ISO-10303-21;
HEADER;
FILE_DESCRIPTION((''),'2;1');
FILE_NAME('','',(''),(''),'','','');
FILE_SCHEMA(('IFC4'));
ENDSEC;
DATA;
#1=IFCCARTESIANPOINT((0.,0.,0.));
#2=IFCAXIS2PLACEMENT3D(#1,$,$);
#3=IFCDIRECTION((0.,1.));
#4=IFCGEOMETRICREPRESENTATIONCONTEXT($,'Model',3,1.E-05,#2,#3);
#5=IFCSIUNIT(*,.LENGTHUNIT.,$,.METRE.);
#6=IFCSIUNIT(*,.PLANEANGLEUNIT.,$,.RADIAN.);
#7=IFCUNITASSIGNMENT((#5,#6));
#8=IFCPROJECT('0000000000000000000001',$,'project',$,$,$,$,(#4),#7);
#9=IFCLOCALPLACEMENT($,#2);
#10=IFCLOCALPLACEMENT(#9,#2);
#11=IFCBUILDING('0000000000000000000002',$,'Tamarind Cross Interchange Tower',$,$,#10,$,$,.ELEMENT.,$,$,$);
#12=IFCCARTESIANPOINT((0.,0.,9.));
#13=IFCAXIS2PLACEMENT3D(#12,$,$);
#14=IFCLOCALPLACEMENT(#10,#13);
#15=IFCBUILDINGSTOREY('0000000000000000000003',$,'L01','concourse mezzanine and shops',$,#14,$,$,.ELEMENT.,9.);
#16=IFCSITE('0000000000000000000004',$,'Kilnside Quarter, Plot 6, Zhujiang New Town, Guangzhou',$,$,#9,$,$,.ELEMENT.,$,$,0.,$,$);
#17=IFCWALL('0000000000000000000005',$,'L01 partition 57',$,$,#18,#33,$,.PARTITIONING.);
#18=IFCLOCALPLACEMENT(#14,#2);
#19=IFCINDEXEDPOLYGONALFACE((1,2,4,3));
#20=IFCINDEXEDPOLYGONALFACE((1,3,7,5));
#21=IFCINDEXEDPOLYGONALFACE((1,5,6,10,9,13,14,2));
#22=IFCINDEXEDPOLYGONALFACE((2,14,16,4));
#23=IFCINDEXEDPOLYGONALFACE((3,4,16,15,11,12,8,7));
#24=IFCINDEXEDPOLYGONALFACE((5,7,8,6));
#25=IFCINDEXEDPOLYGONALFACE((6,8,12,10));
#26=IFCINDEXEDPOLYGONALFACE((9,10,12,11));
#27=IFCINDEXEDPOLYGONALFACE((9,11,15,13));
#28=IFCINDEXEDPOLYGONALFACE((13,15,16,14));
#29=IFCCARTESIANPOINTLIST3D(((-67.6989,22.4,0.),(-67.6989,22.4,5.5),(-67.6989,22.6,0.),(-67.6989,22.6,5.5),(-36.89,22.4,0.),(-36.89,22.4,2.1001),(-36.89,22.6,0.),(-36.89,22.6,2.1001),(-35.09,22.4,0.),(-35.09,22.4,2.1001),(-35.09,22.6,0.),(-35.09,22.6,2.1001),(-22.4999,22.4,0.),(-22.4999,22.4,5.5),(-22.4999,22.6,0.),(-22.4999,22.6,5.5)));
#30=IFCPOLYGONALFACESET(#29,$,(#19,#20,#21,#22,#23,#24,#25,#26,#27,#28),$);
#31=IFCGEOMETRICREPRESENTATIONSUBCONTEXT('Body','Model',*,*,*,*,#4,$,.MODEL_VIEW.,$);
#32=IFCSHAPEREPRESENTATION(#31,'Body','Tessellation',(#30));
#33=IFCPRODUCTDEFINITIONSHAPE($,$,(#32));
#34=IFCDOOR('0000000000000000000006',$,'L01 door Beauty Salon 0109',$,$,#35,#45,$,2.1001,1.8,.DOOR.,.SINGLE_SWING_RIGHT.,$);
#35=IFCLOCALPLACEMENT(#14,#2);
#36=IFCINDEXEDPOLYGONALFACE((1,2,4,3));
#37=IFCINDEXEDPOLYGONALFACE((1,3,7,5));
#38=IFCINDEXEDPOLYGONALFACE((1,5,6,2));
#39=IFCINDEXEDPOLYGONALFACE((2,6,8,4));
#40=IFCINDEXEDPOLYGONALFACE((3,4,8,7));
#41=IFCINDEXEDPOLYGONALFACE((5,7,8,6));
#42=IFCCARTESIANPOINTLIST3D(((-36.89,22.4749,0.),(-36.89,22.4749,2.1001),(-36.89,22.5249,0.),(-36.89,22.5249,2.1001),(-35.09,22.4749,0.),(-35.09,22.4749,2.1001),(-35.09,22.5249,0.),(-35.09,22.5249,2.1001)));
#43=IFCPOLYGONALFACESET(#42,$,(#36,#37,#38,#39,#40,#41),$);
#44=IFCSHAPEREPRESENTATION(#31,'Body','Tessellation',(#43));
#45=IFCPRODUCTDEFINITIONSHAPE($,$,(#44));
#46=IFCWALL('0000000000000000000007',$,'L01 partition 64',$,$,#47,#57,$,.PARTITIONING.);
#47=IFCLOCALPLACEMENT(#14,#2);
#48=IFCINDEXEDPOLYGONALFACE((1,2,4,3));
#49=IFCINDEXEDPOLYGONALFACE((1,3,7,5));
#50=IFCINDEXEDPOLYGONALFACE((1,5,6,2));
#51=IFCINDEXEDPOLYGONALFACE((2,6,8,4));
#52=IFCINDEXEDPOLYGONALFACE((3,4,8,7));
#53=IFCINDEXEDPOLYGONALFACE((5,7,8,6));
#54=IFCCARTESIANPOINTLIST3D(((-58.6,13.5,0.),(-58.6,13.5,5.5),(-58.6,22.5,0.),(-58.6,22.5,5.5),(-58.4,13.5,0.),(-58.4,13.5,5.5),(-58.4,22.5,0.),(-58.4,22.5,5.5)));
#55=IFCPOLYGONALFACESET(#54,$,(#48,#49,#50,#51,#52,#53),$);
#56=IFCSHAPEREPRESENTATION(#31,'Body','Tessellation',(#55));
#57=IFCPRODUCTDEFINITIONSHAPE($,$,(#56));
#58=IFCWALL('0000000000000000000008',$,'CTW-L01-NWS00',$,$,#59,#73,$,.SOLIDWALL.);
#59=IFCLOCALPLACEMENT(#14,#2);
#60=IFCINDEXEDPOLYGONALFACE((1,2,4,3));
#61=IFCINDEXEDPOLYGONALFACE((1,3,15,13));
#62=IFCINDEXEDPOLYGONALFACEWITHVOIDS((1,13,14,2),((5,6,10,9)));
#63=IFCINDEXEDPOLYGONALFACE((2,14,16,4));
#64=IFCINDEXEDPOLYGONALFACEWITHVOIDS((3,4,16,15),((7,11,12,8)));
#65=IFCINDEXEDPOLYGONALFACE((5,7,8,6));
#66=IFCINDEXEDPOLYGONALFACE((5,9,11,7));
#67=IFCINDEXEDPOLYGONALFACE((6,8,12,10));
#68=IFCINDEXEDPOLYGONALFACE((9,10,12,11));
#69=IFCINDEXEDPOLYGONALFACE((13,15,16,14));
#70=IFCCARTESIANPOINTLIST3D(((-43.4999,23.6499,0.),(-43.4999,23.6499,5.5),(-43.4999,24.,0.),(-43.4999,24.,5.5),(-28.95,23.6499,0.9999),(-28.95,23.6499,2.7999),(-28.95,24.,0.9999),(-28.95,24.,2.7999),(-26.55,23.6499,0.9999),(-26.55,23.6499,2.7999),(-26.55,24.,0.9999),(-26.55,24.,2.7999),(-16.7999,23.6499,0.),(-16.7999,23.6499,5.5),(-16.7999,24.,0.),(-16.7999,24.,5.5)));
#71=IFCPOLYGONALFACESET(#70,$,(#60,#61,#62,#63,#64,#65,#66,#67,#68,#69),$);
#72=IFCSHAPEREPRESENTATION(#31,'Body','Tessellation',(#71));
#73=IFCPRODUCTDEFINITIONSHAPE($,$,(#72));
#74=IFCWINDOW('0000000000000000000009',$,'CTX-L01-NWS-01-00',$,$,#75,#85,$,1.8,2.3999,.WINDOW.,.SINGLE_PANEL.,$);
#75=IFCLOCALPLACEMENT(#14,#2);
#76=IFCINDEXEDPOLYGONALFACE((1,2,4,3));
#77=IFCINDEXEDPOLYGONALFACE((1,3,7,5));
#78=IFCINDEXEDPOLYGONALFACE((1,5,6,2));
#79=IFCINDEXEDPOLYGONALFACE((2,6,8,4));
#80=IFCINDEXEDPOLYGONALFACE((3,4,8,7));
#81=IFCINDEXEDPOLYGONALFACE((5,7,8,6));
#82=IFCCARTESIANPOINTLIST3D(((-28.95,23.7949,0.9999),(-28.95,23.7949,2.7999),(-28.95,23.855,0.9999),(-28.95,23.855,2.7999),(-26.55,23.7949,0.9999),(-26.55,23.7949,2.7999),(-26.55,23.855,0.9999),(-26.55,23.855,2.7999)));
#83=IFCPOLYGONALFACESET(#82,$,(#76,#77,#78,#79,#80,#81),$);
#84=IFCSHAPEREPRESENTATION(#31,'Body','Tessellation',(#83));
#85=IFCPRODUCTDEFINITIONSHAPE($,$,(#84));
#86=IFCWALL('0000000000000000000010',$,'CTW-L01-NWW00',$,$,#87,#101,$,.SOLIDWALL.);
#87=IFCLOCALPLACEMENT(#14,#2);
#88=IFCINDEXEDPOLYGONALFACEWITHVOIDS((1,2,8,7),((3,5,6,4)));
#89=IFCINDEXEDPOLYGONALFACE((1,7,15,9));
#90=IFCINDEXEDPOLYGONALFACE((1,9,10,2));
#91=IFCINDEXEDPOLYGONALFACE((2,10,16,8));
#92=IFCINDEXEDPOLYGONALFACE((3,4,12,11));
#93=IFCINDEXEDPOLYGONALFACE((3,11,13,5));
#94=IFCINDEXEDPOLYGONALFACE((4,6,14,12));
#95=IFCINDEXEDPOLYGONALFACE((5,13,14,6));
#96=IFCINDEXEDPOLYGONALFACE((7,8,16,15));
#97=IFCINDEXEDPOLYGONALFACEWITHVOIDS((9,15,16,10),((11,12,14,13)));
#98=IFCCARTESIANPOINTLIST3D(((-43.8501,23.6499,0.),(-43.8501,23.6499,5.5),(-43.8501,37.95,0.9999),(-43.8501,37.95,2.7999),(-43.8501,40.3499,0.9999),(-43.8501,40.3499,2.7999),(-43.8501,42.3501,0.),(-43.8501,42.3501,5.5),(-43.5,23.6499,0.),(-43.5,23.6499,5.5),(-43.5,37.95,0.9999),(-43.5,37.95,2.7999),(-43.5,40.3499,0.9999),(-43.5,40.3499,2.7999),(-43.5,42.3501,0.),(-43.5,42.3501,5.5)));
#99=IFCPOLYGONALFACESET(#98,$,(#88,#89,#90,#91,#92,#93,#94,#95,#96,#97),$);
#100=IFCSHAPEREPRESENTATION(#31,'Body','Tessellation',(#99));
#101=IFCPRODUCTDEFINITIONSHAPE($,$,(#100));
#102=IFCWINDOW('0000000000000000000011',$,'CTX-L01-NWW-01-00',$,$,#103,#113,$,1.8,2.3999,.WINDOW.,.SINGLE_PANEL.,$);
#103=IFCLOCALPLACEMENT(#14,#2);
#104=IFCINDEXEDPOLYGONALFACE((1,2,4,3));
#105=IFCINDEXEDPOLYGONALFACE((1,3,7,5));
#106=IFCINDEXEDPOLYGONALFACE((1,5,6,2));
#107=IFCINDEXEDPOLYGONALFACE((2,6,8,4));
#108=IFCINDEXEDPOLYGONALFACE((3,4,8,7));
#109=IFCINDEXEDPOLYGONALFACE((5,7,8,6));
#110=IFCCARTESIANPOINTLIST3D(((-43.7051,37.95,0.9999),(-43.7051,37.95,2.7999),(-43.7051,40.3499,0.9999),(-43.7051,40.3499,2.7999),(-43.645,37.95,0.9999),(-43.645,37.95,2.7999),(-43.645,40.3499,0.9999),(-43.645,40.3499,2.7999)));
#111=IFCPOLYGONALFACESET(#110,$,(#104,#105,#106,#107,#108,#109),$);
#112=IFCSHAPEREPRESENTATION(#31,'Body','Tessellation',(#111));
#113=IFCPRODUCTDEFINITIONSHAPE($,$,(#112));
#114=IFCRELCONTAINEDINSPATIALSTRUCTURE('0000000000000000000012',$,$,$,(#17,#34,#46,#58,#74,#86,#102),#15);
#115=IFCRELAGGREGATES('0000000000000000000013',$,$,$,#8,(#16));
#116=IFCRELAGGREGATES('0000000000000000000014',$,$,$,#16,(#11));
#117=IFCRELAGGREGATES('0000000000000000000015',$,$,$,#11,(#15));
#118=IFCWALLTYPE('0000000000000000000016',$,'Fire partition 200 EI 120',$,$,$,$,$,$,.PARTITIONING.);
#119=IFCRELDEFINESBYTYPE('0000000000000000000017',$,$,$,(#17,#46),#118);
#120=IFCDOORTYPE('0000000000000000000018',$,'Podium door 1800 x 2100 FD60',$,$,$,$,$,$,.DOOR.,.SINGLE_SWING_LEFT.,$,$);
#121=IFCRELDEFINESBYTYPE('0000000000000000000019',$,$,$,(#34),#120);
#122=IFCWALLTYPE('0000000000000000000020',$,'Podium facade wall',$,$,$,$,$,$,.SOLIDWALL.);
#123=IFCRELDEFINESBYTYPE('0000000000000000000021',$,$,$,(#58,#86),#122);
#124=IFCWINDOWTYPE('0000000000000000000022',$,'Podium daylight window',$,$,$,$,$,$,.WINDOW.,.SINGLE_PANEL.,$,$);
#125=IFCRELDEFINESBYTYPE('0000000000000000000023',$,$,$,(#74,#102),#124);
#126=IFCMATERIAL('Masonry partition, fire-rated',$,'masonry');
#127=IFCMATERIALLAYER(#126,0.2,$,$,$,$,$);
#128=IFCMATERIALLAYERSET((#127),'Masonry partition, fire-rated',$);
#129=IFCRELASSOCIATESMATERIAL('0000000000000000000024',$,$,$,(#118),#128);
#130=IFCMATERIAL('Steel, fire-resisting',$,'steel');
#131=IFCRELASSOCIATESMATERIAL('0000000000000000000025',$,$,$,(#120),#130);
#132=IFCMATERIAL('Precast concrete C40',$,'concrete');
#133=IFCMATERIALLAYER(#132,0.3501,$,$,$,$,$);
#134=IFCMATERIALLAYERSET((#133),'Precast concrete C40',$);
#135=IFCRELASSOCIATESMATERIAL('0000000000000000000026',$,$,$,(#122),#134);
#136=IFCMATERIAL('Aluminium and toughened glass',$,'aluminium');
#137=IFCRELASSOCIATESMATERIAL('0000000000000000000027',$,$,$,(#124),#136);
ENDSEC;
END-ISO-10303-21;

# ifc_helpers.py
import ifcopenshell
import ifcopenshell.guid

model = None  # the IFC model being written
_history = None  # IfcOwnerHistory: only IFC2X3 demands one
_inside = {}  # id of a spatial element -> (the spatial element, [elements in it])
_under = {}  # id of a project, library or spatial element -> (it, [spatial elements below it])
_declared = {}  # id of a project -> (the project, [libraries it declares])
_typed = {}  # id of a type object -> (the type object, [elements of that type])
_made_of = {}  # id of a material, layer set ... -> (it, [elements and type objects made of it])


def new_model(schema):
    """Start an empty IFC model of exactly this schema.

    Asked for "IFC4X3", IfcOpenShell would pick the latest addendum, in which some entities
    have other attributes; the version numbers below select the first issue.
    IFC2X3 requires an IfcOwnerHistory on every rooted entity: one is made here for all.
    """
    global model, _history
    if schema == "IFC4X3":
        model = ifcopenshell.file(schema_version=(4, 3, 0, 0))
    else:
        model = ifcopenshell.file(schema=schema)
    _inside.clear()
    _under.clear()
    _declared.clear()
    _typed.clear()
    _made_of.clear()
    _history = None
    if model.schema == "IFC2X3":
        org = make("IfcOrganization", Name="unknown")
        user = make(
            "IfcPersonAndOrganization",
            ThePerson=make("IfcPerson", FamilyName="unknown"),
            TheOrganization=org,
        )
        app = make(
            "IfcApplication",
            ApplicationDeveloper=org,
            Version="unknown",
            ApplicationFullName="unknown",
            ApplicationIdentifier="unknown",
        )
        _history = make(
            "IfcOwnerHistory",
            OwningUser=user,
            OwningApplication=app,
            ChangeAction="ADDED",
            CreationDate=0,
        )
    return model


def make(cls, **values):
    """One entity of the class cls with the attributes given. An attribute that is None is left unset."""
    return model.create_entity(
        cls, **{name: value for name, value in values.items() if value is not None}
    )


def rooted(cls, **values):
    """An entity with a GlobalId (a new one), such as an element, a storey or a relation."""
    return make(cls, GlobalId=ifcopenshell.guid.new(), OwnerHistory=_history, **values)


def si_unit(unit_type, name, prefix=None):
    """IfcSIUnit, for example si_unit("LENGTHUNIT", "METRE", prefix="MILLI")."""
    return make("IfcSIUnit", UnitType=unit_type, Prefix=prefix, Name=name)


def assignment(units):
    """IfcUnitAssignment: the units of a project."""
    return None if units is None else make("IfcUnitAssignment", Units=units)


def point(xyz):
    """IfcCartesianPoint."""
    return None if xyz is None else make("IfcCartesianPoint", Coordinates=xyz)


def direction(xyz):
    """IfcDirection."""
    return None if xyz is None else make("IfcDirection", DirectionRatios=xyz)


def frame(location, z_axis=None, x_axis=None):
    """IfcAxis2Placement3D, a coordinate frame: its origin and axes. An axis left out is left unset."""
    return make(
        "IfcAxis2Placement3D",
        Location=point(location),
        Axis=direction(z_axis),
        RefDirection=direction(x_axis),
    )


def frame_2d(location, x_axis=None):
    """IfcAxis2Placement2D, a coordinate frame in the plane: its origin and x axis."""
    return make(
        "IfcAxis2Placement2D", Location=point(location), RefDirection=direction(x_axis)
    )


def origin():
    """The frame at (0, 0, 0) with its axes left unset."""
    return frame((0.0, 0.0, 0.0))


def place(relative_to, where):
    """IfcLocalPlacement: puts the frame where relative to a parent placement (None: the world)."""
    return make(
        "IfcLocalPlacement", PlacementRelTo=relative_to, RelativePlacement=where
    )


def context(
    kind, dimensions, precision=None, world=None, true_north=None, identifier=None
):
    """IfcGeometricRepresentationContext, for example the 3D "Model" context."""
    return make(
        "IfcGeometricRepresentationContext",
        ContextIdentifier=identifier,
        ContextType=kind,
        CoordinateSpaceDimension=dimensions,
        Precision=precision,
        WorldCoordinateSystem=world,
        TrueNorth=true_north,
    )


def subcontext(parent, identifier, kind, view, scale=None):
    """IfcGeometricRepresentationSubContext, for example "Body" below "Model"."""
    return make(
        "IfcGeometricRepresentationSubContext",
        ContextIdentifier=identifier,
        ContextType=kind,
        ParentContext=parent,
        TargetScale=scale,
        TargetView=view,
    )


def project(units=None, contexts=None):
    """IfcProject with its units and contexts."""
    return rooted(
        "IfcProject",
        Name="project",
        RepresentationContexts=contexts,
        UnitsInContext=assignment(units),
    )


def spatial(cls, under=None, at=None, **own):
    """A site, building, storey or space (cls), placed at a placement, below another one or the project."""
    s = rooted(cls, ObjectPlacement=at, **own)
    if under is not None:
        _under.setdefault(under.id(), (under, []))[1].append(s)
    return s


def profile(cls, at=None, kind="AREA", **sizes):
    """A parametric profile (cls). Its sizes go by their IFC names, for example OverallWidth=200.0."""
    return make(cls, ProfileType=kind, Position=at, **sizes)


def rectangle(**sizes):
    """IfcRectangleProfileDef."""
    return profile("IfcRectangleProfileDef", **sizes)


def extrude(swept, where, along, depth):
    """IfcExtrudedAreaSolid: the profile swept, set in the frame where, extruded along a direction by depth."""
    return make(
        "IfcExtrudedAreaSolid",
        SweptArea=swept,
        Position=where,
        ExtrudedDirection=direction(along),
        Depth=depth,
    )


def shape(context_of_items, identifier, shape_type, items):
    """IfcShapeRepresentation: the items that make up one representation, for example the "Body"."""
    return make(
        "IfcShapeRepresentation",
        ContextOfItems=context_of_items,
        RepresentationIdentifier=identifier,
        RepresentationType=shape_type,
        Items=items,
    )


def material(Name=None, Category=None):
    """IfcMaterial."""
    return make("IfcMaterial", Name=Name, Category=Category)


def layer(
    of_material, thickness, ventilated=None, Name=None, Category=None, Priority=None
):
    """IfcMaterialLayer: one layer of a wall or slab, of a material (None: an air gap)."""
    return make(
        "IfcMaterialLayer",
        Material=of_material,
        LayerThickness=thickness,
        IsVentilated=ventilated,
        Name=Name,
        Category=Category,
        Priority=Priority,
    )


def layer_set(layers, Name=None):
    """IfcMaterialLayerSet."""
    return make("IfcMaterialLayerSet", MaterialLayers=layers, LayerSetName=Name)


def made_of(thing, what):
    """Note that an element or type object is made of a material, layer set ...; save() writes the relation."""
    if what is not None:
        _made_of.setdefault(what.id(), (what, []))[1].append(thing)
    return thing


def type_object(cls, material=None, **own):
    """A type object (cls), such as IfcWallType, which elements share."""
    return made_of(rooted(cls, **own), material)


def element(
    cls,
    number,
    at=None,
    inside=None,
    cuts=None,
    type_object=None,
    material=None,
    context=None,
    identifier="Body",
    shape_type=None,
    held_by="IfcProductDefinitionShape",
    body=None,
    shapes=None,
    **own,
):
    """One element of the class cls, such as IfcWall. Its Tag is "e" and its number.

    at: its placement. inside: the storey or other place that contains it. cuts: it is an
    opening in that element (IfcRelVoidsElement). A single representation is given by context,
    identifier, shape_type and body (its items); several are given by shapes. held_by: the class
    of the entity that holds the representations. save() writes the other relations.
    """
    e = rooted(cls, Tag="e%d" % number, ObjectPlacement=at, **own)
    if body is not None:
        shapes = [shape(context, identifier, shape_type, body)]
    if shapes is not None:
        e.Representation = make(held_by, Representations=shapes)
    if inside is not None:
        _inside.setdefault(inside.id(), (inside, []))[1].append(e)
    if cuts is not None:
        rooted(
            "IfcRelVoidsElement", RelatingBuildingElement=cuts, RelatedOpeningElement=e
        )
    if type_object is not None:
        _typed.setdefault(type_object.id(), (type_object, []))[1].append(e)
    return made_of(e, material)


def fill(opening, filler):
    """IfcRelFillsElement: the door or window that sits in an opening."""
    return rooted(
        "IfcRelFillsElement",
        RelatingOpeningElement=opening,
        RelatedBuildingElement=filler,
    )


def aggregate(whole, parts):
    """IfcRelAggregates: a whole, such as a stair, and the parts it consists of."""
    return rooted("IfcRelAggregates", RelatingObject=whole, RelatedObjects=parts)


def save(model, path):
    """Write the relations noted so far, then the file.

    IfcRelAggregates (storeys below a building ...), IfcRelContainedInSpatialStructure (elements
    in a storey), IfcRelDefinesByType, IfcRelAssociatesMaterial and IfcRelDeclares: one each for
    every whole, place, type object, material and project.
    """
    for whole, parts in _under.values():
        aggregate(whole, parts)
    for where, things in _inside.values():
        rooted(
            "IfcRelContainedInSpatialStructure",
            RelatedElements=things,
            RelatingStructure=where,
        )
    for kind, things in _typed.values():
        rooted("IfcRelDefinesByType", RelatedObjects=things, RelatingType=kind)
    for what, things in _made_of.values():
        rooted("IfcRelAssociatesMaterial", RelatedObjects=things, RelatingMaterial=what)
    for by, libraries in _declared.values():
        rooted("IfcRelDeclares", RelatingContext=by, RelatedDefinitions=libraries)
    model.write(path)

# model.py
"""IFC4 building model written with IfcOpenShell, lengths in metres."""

from ifc_helpers import new_model, si_unit, direction, frame, frame_2d, origin, place, context, subcontext, project, spatial, rectangle, extrude, material, layer, layer_set, type_object, element, fill, save


model = new_model("IFC4")

# Units and contexts
model_context = context("Model", 3, precision=1e-05, world=origin(), true_north=direction((0.0, 1.0)))
body_context = subcontext(model_context, "Body", "Model", "MODEL_VIEW")
ifc_project = project(units=[si_unit("LENGTHUNIT", "METRE"), si_unit("PLANEANGLEUNIT", "RADIAN")], contexts=[model_context])

# Site, building, storey
site_placement = place(None, origin())
site = spatial("IfcSite", under=ifc_project, at=site_placement, Name="Kilnside Quarter, Plot 6, Zhujiang New Town, Guangzhou", CompositionType="ELEMENT", RefElevation=0.0)
building_placement = place(site_placement, origin())
building = spatial("IfcBuilding", under=site, at=building_placement, Name="Tamarind Cross Interchange Tower", CompositionType="ELEMENT")
storey_placement = place(building_placement, frame((0.0, 0.0, 9.0)))
storey = spatial("IfcBuildingStorey", under=building, at=storey_placement, Name="L01", Description="concourse mezzanine and shops", CompositionType="ELEMENT", Elevation=9.0)

# Shared definitions
ifc_material_1 = material(Name="Masonry partition, fire-rated", Category="masonry")
ifc_layer_1 = layer(ifc_material_1, 0.2)
ifc_layer_set_1 = layer_set([ifc_layer_1], Name="Masonry partition, fire-rated")
wall_type_1 = type_object("IfcWallType", Name="Fire partition 200 EI 120", PredefinedType="PARTITIONING", material=ifc_layer_set_1)
ifc_material_2 = material(Name="Steel, fire-resisting", Category="steel")
door_type = type_object("IfcDoorType", Name="Podium door 1800 x 2100 FD60", OperationType="SINGLE_SWING_LEFT", PredefinedType="DOOR", material=ifc_material_2)

# Wall, opening, door
wall_1_placement = place(storey_placement, frame((-67.699, 22.5, 0.0), z_axis=(0.0, 0.0, 1.0), x_axis=(1.0, 0.0, 0.0)))
wall_1 = element("IfcWall", 1, at=wall_1_placement, inside=storey, type_object=wall_type_1, Name="L01 partition 57", PredefinedType="PARTITIONING", context=body_context, shape_type="SweptSolid", body=[
    extrude(rectangle(XDim=45.199, YDim=0.2, at=frame_2d((22.5996, 0.0))), origin(), (0.0, 0.0, 1.0), 5.5),
])
opening_1_placement = place(wall_1_placement, frame((30.8091, 0.0, 0.0)))
opening_1 = element("IfcOpeningElement", 2, at=opening_1_placement, cuts=wall_1, PredefinedType="OPENING", context=body_context, shape_type="SweptSolid", body=[
    extrude(rectangle(XDim=1.8, YDim=2.1001, at=frame_2d((0.8999, 1.05))), frame((0.0, 0.1099, 0.0), z_axis=(0.0, -1.0, 0.0), x_axis=(1.0, 0.0, 0.0)), (0.0, 0.0, 1.0), 0.22),
])
door_1_placement = place(opening_1_placement, origin())
door_1 = element("IfcDoor", 3, at=door_1_placement, inside=storey, type_object=door_type, Name="L01 door Beauty Salon 0109", OperationType="SINGLE_SWING_RIGHT", OverallHeight=2.1001, OverallWidth=1.8, PredefinedType="DOOR", context=body_context, shape_type="SweptSolid", body=[
    extrude(rectangle(XDim=1.8, YDim=2.1001, at=frame_2d((0.8999, 1.05))), frame((0.0, 0.0249, 0.0), z_axis=(0.0, -1.0, 0.0), x_axis=(1.0, 0.0, 0.0)), (0.0, 0.0, 1.0), 0.05),
])
fill(opening_1, door_1)

# Wall
wall_2_placement = place(storey_placement, frame((-58.5, 13.5, 0.0), z_axis=(0.0, 0.0, 1.0), x_axis=(0.0, 1.0, 0.0)))
element("IfcWall", 4, at=wall_2_placement, inside=storey, type_object=wall_type_1, Name="L01 partition 64", PredefinedType="PARTITIONING", context=body_context, shape_type="SweptSolid", body=[
    extrude(rectangle(XDim=9.0, YDim=0.2, at=frame_2d((4.5, 0.0))), origin(), (0.0, 0.0, 1.0), 5.5),
])

# Walls, openings, windows
ifc_material_3 = material(Name="Precast concrete C40", Category="concrete")
ifc_layer_2 = layer(ifc_material_3, 0.3501)
ifc_layer_set_2 = layer_set([ifc_layer_2], Name="Precast concrete C40")
wall_type_2 = type_object("IfcWallType", Name="Podium facade wall", PredefinedType="SOLIDWALL", material=ifc_layer_set_2)
wall_3_placement = place(storey_placement, frame((-43.5, 23.825, 0.0), z_axis=(0.0, 0.0, 1.0), x_axis=(1.0, 0.0, 0.0)))
wall_3 = element("IfcWall", 5, at=wall_3_placement, inside=storey, type_object=wall_type_2, Name="CTW-L01-NWS00", PredefinedType="SOLIDWALL", context=body_context, shape_type="SweptSolid", body=[
    extrude(rectangle(XDim=26.7, YDim=0.3501, at=frame_2d((13.3501, 0.0))), origin(), (0.0, 0.0, 1.0), 5.5),
])
opening_2_placement = place(wall_3_placement, frame((14.55, 0.0, 1.0)))
opening_2 = element("IfcOpeningElement", 6, at=opening_2_placement, cuts=wall_3, PredefinedType="OPENING", context=body_context, shape_type="SweptSolid", body=[
    extrude(rectangle(XDim=2.3999, YDim=1.8, at=frame_2d((1.2, 0.8999))), frame((0.0, 0.1851, 0.0), z_axis=(0.0, -1.0, 0.0), x_axis=(1.0, 0.0, 0.0)), (0.0, 0.0, 1.0), 0.3701),
])
ifc_material_4 = material(Name="Aluminium and toughened glass", Category="aluminium")
window_type = type_object("IfcWindowType", Name="Podium daylight window", PartitioningType="SINGLE_PANEL", PredefinedType="WINDOW", material=ifc_material_4)
window_1_placement = place(opening_2_placement, origin())
window_1 = element("IfcWindow", 7, at=window_1_placement, inside=storey, type_object=window_type, Name="CTX-L01-NWS-01-00", OverallHeight=1.8, OverallWidth=2.3999, PartitioningType="SINGLE_PANEL", PredefinedType="WINDOW", context=body_context, shape_type="SweptSolid", body=[
    extrude(rectangle(XDim=2.3999, YDim=1.8, at=frame_2d((1.2, 0.8999))), frame((0.0, 0.03, 0.0), z_axis=(0.0, -1.0, 0.0), x_axis=(1.0, 0.0, 0.0)), (0.0, 0.0, 1.0), 0.0601),
])
fill(opening_2, window_1)
wall_4_placement = place(storey_placement, frame((-43.675, 23.6499, 0.0), z_axis=(0.0, 0.0, 1.0), x_axis=(0.0, 1.0, 0.0)))
wall_4 = element("IfcWall", 8, at=wall_4_placement, inside=storey, type_object=wall_type_2, Name="CTW-L01-NWW00", PredefinedType="SOLIDWALL", context=body_context, shape_type="SweptSolid", body=[
    extrude(rectangle(XDim=18.7002, YDim=0.3501, at=frame_2d((9.3501, 0.0))), origin(), (0.0, 0.0, 1.0), 5.5),
])
opening_3_placement = place(wall_4_placement, frame((14.3, 0.0, 1.0)))
opening_3 = element("IfcOpeningElement", 9, at=opening_3_placement, cuts=wall_4, PredefinedType="OPENING", context=body_context, shape_type="SweptSolid", body=[
    extrude(rectangle(XDim=2.3999, YDim=1.8, at=frame_2d((1.2, 0.8999))), frame((0.0, 0.1851, 0.0), z_axis=(0.0, -1.0, 0.0), x_axis=(1.0, 0.0, 0.0)), (0.0, 0.0, 1.0), 0.3701),
])
window_2_placement = place(opening_3_placement, origin())
window_2 = element("IfcWindow", 10, at=window_2_placement, inside=storey, type_object=window_type, Name="CTX-L01-NWW-01-00", OverallHeight=1.8, OverallWidth=2.3999, PartitioningType="SINGLE_PANEL", PredefinedType="WINDOW", context=body_context, shape_type="SweptSolid", body=[
    extrude(rectangle(XDim=2.3999, YDim=1.8, at=frame_2d((1.2, 0.8999))), frame((0.0, 0.03, 0.0), z_axis=(0.0, -1.0, 0.0), x_axis=(1.0, 0.0, 0.0)), (0.0, 0.0, 1.0), 0.0601),
])
fill(opening_3, window_2)

save(model, "model.ifc")
